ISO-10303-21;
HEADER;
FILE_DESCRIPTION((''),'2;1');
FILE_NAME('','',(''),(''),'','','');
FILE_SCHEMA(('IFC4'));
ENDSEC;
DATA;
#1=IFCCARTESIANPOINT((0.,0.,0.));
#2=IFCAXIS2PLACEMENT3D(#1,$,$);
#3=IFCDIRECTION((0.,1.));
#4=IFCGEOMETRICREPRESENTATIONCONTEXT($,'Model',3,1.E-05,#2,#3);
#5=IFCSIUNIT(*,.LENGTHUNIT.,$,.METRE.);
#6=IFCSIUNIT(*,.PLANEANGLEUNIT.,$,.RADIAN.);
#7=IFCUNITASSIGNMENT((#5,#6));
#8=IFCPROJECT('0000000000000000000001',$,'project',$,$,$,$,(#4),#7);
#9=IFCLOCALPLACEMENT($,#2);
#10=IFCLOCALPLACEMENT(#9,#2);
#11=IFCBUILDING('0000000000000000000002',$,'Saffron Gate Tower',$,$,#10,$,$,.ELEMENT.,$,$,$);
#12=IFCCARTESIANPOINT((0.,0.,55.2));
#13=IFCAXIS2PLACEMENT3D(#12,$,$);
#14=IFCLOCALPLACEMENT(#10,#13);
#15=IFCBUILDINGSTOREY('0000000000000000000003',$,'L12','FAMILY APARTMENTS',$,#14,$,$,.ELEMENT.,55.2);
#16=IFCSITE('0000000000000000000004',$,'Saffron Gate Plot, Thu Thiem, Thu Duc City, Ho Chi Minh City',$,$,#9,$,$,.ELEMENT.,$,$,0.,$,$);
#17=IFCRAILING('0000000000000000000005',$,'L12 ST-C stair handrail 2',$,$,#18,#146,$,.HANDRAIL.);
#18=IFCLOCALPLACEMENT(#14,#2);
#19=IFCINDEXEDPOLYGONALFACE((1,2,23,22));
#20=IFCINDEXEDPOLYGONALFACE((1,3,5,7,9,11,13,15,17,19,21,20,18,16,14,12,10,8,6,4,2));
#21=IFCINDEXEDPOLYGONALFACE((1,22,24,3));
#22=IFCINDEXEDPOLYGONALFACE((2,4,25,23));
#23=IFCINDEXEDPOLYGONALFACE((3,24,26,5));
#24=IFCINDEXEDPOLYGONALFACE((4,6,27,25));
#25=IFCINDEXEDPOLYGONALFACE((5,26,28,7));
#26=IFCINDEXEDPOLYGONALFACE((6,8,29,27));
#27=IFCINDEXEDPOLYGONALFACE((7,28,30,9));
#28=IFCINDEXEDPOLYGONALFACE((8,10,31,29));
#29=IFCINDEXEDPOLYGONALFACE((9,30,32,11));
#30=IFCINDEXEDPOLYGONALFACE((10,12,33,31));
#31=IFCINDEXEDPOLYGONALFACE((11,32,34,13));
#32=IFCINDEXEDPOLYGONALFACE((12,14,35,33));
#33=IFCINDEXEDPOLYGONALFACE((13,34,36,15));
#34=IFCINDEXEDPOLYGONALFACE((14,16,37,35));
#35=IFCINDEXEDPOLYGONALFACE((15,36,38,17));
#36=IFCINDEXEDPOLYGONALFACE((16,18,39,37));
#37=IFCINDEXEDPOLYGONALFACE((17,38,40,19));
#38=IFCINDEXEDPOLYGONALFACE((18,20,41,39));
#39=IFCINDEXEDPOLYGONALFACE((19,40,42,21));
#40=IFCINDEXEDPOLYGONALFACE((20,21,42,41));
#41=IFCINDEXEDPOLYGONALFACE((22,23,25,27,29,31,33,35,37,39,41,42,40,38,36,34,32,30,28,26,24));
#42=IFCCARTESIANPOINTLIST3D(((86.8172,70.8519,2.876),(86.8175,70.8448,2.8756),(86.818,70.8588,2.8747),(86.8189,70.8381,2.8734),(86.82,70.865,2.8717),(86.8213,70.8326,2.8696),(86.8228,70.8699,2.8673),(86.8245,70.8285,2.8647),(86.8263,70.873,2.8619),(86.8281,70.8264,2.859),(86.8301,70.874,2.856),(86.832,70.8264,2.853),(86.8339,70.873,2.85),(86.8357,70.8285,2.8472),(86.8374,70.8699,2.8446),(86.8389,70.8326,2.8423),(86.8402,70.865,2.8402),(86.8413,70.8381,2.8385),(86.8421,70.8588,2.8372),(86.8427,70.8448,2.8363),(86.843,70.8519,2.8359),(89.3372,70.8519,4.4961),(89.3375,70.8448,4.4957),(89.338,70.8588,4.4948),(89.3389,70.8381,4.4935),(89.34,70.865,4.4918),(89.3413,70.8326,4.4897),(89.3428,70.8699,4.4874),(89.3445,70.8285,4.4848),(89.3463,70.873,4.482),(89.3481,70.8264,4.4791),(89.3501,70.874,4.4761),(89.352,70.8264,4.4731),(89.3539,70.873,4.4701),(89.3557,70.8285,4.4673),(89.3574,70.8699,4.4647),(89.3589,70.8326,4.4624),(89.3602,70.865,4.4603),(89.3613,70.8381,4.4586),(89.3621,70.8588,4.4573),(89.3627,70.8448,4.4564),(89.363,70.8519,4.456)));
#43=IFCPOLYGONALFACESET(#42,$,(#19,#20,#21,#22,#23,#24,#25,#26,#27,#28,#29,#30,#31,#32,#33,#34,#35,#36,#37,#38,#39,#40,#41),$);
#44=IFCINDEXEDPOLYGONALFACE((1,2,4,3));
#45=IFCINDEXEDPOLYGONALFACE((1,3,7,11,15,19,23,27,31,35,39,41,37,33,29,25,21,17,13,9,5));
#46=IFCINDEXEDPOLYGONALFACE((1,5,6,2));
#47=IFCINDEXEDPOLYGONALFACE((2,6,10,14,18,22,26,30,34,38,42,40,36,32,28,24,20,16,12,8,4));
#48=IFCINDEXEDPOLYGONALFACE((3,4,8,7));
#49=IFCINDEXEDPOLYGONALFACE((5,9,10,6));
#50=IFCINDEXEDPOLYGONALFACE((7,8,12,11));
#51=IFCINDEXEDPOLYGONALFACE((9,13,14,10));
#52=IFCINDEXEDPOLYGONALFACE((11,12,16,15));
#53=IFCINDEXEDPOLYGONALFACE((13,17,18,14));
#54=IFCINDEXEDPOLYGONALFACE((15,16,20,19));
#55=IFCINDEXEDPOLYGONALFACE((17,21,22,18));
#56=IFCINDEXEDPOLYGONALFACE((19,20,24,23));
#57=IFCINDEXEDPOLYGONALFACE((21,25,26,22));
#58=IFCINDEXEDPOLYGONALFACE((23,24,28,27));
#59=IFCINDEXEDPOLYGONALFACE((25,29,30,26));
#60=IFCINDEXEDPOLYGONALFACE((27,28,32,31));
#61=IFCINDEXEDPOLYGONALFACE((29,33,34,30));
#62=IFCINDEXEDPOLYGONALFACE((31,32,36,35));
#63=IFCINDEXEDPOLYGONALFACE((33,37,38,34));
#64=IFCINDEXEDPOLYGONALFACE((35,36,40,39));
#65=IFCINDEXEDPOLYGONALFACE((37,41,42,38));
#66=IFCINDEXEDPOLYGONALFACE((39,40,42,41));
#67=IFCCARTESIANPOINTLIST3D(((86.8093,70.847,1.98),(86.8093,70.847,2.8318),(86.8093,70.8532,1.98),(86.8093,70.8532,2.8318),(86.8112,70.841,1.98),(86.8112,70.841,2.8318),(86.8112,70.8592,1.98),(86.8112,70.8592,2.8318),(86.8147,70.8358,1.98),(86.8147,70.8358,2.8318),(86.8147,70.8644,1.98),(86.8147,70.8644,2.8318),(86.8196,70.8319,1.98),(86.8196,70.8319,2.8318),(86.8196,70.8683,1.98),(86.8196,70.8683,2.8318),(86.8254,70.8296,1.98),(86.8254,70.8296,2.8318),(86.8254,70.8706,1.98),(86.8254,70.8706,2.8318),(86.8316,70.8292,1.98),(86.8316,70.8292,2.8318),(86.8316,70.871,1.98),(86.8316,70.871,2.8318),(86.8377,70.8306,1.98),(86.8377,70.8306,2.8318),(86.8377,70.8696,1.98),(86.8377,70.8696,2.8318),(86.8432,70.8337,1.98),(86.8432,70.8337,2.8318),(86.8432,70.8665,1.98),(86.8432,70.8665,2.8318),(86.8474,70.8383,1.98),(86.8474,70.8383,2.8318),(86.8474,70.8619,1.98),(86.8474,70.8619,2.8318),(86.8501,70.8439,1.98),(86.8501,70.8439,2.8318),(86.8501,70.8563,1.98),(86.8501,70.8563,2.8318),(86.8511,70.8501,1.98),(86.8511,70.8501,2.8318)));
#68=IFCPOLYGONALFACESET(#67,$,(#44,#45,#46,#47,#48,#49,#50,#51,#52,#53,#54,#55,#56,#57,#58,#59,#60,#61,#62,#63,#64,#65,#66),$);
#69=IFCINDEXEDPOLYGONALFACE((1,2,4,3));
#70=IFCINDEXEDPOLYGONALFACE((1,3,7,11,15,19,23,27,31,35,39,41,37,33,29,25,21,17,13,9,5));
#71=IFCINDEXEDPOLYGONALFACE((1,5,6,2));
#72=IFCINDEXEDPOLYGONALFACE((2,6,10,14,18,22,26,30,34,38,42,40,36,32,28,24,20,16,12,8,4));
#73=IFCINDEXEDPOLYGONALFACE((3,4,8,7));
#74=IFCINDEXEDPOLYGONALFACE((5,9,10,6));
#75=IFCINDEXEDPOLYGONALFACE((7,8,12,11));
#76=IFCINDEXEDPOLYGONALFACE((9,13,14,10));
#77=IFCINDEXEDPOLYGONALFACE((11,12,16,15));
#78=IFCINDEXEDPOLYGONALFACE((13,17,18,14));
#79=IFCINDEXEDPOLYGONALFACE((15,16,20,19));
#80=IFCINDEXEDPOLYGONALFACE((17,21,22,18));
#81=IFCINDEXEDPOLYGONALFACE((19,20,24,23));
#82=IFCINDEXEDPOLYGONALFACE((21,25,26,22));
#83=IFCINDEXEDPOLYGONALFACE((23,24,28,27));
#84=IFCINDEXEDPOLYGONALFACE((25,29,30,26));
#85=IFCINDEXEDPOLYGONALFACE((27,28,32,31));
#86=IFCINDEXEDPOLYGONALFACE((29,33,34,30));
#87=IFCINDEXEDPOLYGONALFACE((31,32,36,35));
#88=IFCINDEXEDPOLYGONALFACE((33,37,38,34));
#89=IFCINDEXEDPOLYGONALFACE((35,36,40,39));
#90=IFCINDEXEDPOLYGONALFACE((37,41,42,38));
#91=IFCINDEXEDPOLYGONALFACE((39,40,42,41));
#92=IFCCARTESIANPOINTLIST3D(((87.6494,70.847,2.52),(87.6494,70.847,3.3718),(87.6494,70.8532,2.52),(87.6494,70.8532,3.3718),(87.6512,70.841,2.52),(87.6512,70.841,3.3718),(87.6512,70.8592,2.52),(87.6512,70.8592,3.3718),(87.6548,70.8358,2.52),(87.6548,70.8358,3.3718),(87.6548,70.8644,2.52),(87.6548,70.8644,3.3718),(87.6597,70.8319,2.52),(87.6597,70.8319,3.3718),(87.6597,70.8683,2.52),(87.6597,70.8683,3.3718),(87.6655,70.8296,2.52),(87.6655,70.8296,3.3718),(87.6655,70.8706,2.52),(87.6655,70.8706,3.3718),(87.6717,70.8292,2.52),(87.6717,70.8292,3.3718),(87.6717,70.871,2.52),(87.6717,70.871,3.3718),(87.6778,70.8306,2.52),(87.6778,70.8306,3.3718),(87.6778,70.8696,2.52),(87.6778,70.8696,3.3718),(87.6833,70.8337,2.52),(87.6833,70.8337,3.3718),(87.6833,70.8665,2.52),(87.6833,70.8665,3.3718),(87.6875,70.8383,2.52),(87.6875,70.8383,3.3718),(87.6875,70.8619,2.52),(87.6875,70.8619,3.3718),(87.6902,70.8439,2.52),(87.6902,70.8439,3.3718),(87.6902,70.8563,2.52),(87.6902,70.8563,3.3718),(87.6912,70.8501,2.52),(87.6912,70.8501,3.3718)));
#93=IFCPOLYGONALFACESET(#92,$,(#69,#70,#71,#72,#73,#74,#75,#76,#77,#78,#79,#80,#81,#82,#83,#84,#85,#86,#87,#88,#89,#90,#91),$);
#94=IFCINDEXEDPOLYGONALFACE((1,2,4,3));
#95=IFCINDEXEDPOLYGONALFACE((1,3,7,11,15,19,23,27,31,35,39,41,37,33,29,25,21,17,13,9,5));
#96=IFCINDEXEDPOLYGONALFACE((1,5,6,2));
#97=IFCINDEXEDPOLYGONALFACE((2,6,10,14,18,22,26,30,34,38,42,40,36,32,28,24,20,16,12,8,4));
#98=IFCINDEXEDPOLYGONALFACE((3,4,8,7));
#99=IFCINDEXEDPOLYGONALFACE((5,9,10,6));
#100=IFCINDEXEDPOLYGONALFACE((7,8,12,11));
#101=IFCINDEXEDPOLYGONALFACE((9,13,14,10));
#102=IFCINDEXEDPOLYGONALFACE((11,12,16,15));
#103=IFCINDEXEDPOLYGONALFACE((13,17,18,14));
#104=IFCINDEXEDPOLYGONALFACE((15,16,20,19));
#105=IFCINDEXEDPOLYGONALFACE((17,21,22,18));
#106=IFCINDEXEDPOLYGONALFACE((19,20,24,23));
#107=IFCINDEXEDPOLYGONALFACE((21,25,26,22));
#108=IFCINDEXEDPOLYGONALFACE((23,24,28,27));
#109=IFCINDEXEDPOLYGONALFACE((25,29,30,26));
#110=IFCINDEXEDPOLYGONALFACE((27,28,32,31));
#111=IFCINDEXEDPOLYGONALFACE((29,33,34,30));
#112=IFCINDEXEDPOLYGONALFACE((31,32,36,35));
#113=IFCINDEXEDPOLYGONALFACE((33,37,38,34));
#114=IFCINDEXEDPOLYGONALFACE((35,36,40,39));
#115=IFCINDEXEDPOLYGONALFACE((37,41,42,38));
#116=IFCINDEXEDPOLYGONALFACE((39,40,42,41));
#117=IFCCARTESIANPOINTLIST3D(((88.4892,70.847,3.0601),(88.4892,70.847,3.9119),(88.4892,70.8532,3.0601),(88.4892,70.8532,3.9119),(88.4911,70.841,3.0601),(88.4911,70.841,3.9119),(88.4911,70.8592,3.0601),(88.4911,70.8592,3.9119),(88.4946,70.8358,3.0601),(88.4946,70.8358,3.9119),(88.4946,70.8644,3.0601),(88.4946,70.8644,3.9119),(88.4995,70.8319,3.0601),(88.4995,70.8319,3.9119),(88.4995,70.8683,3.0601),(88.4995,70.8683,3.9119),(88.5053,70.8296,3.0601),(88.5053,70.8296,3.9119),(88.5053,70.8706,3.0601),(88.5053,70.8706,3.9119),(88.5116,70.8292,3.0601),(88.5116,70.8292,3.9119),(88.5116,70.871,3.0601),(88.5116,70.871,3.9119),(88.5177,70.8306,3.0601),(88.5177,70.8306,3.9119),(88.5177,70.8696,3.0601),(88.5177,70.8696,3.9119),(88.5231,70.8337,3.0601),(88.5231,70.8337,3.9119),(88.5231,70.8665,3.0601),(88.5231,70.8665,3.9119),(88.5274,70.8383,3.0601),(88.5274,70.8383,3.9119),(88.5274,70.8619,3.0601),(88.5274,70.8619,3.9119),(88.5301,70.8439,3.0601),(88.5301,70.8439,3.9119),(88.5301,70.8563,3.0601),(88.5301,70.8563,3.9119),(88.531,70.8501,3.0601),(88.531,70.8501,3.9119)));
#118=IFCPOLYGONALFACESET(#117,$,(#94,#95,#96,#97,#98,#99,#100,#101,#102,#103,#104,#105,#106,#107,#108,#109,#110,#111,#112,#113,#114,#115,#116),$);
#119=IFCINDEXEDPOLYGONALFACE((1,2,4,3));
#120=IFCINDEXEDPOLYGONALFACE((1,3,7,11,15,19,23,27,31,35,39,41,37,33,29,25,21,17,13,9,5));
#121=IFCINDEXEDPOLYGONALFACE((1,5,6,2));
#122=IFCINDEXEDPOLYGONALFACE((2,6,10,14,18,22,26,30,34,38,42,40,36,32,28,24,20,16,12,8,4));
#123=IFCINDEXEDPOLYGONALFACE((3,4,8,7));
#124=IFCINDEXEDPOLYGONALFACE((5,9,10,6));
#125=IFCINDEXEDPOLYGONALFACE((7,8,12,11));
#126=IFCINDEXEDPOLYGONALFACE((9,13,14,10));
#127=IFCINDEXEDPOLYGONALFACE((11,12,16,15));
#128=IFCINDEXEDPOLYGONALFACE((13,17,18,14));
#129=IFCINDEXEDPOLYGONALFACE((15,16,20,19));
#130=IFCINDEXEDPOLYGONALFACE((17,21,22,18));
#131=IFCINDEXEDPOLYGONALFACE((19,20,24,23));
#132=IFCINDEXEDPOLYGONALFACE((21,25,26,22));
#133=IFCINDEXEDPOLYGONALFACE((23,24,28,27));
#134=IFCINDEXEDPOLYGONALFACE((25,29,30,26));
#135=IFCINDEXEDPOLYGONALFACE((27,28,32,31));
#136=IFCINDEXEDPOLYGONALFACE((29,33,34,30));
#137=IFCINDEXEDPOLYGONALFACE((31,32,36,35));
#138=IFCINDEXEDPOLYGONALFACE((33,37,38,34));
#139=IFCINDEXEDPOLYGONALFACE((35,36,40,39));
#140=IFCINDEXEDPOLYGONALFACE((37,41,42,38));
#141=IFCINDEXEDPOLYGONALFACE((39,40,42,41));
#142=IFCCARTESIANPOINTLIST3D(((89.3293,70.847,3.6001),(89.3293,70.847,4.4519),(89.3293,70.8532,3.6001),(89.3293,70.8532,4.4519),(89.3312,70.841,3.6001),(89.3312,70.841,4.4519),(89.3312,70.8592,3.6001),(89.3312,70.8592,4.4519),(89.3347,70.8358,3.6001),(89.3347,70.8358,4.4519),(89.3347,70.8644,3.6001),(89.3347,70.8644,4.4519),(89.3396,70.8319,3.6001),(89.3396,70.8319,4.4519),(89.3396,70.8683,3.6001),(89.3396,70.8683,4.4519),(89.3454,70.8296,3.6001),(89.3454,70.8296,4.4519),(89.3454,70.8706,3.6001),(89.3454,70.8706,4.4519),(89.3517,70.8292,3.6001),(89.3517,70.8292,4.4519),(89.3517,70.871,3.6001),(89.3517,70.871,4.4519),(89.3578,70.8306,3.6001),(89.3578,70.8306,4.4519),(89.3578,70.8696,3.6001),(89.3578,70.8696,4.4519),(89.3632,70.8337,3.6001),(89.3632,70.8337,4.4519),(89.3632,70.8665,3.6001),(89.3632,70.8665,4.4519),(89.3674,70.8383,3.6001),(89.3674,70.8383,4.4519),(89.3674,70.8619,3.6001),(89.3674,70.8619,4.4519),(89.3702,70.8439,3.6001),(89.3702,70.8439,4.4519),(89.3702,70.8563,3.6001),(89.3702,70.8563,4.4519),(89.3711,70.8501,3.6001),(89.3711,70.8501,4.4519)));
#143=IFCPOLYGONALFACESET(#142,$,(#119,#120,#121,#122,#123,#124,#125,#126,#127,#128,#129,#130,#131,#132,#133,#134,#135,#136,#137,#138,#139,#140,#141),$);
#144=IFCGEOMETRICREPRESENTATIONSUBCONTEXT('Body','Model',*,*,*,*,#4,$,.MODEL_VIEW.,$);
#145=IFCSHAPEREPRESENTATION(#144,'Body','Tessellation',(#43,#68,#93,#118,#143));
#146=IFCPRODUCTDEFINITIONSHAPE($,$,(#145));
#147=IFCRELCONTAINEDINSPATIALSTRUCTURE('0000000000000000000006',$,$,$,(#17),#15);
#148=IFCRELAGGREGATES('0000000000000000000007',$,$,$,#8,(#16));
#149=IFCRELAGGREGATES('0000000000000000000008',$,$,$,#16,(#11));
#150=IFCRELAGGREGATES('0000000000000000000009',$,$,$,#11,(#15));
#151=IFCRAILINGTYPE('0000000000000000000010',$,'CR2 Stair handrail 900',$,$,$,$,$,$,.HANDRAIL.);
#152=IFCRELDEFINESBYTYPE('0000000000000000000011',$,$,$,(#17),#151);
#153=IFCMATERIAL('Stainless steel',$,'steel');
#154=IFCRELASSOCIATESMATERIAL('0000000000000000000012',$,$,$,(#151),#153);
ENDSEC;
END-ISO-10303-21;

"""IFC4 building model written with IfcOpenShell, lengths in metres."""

from ifc_helpers import new_model, si_unit, direction, frame, origin, origin_2d, place, context, subcontext, project, spatial, circle, extrude, material, type_object, element, save


model = new_model("IFC4")

# Units and contexts
model_context = context("Model", 3, precision=1e-05, world=origin(), true_north=direction((0.0, 1.0)))
body_context = subcontext(model_context, "Body", "Model", "MODEL_VIEW")
ifc_project = project(units=[si_unit("LENGTHUNIT", "METRE"), si_unit("PLANEANGLEUNIT", "RADIAN")], contexts=[model_context])

# Site, building, storey
site_placement = place(None, origin())
site = spatial("IfcSite", under=ifc_project, at=site_placement, Name="Saffron Gate Plot, Thu Thiem, Thu Duc City, Ho Chi Minh City", CompositionType="ELEMENT", RefElevation=0.0)
building_placement = place(site_placement, origin())
building = spatial("IfcBuilding", under=site, at=building_placement, Name="Saffron Gate Tower", CompositionType="ELEMENT")
storey_placement = place(building_placement, frame((0.0, 0.0, 55.2)))
storey = spatial("IfcBuildingStorey", under=building, at=storey_placement, Name="L12", Description="FAMILY APARTMENTS", CompositionType="ELEMENT", Elevation=55.2)

# Railing
ifc_material_1 = material(Name="Stainless steel", Category="steel")
railing_type_1 = type_object("IfcRailingType", Name="CR2 Stair handrail 900", PredefinedType="HANDRAIL", material=ifc_material_1)
railing_1_placement = place(storey_placement, frame((86.8301, 70.8501, 1.98)))
element("IfcRailing", 1, at=railing_1_placement, inside=storey, type_object=railing_type_1, Name="L12 ST-C stair handrail 2", PredefinedType="HANDRAIL", context=body_context, shape_type="SweptSolid", body=[
    extrude(circle(Radius=0.0239, at=origin_2d()), frame((0.0, 0.0, 0.876), z_axis=(0.841163, 0.0, 0.540782), x_axis=(0.0, 1.0, 0.0)), (0.0, 0.0, 1.0), 2.9958),
    extrude(circle(Radius=0.021, at=origin_2d()), origin(), (0.0, 0.0, 1.0), 0.8518),
    extrude(circle(Radius=0.021, at=origin_2d()), frame((0.8401, 0.0, 0.54)), (0.0, 0.0, 1.0), 0.8518),
    extrude(circle(Radius=0.021, at=origin_2d()), frame((1.6799, 0.0, 1.0801)), (0.0, 0.0, 1.0), 0.8518),
    extrude(circle(Radius=0.021, at=origin_2d()), frame((2.52, 0.0, 1.6201)), (0.0, 0.0, 1.0), 0.8518),
])

save(model, "model.ifc")
